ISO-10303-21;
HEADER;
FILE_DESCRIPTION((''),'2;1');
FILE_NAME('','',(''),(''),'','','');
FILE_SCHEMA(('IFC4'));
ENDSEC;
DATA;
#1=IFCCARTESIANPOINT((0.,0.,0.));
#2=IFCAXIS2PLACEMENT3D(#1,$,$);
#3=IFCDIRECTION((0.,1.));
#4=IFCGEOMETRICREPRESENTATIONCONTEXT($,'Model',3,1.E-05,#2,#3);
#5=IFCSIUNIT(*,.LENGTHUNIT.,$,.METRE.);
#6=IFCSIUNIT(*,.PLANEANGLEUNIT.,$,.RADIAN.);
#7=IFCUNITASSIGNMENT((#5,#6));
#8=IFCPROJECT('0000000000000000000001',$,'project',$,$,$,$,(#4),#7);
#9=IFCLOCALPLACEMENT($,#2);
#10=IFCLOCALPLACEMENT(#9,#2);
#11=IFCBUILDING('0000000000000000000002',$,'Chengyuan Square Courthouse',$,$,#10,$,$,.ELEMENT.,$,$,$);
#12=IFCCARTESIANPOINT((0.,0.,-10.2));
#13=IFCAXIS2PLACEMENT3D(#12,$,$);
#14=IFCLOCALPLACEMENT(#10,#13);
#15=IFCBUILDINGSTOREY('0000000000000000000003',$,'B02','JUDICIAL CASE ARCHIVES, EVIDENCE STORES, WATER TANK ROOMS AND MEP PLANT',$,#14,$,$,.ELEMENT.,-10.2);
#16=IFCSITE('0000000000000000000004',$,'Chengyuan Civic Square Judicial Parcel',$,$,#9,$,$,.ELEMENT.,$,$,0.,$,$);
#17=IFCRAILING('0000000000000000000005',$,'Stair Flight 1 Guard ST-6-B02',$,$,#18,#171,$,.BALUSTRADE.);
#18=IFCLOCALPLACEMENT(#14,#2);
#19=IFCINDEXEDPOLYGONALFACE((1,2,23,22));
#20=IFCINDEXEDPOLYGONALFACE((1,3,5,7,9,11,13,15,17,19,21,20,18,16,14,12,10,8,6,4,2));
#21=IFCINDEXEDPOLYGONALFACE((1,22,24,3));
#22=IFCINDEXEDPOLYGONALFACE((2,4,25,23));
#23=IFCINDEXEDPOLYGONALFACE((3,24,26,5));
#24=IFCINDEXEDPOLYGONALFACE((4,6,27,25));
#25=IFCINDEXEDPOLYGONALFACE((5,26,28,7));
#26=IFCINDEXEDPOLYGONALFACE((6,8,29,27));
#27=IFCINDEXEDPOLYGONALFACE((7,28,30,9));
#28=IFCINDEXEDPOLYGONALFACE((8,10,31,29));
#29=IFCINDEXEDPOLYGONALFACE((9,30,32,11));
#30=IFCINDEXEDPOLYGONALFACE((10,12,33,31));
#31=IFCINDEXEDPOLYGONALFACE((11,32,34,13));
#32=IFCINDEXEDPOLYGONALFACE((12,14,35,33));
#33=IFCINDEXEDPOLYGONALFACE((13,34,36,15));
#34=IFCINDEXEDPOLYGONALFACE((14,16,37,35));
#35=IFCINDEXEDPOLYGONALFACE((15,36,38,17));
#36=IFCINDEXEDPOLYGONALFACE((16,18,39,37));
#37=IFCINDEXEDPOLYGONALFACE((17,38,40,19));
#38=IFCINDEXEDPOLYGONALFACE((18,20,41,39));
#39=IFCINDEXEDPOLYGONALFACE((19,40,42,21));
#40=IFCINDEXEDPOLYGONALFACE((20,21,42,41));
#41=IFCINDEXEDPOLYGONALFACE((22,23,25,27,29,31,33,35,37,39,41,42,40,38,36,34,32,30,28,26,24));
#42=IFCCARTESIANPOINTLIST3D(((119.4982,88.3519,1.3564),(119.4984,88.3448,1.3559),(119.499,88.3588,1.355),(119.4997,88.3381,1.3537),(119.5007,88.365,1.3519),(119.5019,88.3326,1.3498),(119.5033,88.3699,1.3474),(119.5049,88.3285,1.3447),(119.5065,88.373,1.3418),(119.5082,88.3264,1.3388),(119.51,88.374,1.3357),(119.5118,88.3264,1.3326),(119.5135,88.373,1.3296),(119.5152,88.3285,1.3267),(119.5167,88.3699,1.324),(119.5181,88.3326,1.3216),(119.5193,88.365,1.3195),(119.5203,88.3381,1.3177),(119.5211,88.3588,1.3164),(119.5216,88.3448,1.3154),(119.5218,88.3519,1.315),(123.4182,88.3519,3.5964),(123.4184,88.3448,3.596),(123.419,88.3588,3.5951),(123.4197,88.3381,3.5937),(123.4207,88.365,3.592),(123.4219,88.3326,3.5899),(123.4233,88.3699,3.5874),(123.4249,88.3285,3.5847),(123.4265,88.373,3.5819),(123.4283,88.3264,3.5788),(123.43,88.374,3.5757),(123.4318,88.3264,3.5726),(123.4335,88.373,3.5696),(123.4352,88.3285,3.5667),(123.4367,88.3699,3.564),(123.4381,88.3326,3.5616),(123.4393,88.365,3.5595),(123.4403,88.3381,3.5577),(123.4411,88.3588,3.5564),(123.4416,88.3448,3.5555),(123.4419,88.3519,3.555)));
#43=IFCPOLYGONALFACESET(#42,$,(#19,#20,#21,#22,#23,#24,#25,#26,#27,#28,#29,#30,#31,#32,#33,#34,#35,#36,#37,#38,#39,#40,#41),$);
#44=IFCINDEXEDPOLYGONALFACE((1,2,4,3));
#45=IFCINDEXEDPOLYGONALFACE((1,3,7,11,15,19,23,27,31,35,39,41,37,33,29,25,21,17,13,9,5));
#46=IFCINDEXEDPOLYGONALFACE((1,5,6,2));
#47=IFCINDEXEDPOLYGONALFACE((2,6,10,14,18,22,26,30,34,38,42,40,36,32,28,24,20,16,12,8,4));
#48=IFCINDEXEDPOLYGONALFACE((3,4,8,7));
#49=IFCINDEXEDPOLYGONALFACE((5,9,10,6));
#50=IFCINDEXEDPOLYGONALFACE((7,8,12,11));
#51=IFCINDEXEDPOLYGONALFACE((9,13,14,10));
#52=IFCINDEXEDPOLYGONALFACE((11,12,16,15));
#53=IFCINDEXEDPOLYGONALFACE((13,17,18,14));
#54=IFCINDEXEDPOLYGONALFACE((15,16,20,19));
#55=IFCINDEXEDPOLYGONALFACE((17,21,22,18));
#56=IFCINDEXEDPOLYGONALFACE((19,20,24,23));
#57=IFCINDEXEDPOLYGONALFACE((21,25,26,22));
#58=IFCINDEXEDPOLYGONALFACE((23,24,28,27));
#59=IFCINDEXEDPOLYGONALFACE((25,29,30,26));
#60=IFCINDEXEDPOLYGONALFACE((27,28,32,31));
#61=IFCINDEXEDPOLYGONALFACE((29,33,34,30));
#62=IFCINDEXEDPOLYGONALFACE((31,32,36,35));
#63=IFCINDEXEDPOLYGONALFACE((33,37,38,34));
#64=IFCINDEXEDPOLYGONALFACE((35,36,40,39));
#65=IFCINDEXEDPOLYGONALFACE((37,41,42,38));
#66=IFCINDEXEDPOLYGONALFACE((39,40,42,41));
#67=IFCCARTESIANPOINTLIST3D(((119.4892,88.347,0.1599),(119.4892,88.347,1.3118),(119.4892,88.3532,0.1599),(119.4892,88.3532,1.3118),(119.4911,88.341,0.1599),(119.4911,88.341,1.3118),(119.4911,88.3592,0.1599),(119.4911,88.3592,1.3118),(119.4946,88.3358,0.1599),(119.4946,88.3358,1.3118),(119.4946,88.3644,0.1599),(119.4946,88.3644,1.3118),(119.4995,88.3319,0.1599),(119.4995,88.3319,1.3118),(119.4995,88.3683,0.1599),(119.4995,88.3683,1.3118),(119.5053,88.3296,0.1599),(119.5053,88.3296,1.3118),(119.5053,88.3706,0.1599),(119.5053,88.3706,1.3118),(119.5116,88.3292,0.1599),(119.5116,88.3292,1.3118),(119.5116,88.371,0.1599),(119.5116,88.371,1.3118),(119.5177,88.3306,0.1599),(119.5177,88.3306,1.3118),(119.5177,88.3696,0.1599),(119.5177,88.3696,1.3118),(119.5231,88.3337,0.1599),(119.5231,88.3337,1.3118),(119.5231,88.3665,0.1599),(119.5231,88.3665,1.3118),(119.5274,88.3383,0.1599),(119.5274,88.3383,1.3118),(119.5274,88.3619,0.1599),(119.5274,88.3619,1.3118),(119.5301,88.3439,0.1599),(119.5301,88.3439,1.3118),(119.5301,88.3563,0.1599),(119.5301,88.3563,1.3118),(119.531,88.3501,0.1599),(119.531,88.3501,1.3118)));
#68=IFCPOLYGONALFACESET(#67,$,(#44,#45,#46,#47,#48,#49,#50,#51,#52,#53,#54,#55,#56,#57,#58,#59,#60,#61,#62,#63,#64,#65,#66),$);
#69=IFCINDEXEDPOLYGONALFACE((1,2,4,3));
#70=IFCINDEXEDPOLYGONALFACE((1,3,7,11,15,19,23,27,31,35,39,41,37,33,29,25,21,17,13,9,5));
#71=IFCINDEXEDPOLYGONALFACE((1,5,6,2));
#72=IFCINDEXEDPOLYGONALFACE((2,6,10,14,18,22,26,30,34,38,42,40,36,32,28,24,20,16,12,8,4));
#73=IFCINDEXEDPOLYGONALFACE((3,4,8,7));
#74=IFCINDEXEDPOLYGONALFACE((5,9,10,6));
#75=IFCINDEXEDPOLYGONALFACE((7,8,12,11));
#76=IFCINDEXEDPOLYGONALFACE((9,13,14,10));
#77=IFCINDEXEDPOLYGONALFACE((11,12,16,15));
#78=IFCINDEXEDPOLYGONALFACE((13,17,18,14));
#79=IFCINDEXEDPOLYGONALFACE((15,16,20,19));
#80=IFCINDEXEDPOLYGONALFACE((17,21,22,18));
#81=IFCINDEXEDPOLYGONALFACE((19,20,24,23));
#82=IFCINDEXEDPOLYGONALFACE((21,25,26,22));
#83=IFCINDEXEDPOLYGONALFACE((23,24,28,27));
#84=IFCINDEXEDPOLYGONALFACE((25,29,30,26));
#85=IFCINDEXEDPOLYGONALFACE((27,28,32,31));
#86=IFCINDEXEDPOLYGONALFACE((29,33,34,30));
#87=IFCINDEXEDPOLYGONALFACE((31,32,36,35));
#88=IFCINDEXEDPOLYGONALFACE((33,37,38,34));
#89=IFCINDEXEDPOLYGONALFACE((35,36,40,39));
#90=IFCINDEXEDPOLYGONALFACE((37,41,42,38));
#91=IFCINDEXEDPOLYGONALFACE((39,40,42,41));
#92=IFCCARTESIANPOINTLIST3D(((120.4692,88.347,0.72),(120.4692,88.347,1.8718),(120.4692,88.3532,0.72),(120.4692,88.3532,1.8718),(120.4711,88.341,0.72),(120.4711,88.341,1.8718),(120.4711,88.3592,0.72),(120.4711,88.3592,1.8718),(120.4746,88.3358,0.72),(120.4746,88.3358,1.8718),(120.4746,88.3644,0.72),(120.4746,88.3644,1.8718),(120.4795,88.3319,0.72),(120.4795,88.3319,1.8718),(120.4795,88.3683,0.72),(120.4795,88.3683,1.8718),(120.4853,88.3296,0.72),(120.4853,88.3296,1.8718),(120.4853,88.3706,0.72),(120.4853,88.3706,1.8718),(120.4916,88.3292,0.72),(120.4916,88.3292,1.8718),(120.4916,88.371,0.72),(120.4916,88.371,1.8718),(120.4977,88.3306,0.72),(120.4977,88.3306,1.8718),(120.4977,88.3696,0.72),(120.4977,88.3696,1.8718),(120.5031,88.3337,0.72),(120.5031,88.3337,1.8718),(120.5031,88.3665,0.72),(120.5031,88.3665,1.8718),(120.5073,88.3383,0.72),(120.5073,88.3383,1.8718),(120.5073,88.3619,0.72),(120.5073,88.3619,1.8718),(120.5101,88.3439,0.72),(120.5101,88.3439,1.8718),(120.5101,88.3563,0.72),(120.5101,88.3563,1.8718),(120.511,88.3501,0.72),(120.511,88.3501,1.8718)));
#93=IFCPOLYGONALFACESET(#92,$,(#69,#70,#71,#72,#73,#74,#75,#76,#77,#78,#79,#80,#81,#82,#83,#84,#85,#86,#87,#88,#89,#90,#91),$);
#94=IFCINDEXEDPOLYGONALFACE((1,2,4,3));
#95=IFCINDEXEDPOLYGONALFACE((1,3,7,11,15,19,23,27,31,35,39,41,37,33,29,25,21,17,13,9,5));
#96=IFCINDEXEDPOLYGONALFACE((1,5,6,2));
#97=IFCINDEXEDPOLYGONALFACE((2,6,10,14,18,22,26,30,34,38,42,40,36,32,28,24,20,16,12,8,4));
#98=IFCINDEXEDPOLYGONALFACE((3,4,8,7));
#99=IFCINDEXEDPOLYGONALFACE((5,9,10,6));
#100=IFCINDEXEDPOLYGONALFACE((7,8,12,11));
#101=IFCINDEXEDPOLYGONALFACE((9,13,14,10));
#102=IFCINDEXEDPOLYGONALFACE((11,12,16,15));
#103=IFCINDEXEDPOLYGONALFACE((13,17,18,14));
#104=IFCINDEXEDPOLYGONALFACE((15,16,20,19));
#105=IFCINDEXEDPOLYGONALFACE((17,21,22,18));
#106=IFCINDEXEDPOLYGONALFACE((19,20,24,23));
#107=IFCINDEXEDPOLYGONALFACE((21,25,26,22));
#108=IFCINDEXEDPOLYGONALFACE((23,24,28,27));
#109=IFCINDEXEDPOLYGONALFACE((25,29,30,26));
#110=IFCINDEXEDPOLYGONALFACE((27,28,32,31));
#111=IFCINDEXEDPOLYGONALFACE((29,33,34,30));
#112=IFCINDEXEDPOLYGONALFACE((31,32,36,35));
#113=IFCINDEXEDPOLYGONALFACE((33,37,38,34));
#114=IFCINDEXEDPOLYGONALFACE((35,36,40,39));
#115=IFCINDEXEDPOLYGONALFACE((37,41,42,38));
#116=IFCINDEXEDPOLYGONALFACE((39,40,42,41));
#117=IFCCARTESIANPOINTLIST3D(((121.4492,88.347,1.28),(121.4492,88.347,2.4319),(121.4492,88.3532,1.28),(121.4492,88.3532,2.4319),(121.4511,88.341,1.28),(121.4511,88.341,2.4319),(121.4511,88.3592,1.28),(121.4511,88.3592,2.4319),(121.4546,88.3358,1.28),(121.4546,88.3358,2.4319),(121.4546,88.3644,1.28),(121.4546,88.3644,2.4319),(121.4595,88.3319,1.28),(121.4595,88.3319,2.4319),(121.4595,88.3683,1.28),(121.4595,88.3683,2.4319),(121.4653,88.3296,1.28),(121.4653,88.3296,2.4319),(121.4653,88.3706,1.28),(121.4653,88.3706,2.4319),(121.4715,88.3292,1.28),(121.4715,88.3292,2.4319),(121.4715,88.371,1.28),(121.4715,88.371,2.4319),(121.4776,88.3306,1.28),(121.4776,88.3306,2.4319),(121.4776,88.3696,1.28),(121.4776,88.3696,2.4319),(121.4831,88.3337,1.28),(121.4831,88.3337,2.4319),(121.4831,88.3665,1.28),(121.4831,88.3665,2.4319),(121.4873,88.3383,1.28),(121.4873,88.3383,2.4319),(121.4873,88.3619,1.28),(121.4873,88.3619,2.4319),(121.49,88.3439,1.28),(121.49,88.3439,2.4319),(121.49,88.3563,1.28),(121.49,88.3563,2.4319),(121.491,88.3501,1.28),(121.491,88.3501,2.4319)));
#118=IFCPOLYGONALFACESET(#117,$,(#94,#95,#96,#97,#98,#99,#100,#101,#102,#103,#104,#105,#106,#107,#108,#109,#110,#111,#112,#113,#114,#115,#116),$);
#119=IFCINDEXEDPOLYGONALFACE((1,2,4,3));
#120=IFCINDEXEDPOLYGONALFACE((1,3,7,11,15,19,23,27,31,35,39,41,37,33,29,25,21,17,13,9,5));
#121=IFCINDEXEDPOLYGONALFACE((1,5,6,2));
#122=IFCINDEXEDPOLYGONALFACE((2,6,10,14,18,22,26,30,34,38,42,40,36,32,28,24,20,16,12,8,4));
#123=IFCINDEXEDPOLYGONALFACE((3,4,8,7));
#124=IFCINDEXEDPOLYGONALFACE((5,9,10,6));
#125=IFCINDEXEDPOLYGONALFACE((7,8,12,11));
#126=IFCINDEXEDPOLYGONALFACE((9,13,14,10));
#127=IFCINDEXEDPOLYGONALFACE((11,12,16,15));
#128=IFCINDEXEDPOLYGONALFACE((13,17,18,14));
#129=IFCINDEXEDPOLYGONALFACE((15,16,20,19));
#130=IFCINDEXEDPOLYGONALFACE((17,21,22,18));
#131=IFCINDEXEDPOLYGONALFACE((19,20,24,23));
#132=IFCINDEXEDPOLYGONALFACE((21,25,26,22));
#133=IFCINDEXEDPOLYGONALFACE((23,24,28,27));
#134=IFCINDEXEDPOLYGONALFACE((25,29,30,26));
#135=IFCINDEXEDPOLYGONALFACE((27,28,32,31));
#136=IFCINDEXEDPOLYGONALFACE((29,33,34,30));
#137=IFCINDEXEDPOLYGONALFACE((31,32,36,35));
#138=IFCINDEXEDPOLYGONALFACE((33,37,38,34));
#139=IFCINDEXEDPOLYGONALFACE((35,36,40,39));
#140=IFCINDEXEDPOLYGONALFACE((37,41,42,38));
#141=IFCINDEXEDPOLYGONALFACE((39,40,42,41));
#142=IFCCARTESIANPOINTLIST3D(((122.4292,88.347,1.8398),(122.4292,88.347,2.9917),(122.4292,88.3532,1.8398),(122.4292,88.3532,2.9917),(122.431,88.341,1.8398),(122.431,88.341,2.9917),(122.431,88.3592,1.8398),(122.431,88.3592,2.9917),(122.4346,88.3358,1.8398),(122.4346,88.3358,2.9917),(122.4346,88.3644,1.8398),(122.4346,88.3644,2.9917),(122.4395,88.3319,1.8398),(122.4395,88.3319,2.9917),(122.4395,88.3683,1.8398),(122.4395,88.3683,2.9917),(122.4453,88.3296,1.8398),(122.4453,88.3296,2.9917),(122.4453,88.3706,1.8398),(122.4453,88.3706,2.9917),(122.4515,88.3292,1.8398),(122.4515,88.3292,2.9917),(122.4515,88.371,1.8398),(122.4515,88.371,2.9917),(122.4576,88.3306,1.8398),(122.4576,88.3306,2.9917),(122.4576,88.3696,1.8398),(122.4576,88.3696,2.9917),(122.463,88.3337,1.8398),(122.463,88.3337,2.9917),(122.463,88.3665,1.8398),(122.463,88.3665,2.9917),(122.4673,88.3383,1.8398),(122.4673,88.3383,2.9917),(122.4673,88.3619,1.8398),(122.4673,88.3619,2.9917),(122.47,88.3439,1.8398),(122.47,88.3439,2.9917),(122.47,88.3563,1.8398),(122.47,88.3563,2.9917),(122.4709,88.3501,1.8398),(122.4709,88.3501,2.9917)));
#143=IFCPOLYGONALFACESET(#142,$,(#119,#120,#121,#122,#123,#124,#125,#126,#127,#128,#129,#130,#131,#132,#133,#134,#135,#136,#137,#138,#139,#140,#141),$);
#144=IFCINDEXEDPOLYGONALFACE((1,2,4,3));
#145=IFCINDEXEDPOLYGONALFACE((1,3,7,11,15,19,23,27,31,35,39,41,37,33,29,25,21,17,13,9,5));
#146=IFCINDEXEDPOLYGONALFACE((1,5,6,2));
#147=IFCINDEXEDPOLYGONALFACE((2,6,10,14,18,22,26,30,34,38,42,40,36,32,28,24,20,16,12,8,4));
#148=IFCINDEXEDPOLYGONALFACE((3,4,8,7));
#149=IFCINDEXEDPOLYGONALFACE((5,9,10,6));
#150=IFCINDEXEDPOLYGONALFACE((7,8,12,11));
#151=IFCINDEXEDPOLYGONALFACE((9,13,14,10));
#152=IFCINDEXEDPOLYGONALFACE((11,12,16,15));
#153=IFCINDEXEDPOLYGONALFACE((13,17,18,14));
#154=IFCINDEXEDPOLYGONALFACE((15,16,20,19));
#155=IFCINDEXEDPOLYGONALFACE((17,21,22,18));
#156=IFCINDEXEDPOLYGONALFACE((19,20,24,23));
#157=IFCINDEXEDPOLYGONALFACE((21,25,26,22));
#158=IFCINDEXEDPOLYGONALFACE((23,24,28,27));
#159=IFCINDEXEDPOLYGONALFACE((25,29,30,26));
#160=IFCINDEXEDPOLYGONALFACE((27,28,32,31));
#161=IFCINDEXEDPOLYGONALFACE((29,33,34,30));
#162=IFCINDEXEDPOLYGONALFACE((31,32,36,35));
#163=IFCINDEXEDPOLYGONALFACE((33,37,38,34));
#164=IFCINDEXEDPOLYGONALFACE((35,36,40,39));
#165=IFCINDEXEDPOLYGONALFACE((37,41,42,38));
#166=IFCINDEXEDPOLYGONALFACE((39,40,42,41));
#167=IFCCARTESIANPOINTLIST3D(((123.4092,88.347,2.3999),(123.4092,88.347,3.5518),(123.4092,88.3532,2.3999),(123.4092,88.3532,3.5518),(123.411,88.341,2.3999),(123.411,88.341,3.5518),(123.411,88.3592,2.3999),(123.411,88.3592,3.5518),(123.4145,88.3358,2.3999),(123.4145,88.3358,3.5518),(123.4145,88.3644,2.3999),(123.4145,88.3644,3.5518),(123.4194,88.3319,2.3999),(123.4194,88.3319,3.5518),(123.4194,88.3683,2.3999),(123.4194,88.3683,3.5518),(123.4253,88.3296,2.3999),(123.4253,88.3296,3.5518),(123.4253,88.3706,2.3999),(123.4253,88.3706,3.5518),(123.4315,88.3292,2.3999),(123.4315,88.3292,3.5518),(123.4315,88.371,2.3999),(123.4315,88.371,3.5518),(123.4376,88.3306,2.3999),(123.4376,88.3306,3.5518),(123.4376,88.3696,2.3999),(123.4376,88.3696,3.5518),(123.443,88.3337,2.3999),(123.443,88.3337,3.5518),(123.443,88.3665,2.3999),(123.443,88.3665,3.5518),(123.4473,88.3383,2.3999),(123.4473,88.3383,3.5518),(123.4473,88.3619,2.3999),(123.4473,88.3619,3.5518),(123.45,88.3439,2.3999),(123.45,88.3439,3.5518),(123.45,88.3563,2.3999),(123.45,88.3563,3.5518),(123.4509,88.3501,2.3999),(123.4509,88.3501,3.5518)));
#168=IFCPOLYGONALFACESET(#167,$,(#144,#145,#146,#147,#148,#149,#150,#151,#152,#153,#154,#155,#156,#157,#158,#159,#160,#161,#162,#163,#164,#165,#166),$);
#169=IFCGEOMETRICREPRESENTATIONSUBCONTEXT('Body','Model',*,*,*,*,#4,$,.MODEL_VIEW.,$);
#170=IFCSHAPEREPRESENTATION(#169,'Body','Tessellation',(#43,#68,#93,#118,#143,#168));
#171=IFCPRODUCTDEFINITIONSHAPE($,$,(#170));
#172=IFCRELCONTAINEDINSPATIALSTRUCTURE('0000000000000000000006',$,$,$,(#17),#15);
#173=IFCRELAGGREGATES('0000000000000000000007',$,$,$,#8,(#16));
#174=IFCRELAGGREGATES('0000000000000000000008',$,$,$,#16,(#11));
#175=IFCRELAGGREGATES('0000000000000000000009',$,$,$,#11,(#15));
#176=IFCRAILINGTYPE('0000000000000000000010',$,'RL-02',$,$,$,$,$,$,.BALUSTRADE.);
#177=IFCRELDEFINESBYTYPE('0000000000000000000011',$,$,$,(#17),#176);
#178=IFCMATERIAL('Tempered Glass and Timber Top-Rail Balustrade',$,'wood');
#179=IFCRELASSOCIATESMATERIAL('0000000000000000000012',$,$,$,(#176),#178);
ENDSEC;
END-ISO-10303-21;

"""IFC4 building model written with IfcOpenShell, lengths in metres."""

from ifc_helpers import new_model, si_unit, direction, frame, origin, origin_2d, place, context, subcontext, project, spatial, circle, extrude, material, type_object, element, save


model = new_model("IFC4")

# Units and contexts
model_context = context("Model", 3, precision=1e-05, world=origin(), true_north=direction((0.0, 1.0)))
body_context = subcontext(model_context, "Body", "Model", "MODEL_VIEW")
ifc_project = project(units=[si_unit("LENGTHUNIT", "METRE"), si_unit("PLANEANGLEUNIT", "RADIAN")], contexts=[model_context])

# Site, building, storey
site_placement = place(None, origin())
site = spatial("IfcSite", under=ifc_project, at=site_placement, Name="Chengyuan Civic Square Judicial Parcel", CompositionType="ELEMENT", RefElevation=0.0)
building_placement = place(site_placement, origin())
building = spatial("IfcBuilding", under=site, at=building_placement, Name="Chengyuan Square Courthouse", CompositionType="ELEMENT")
storey_placement = place(building_placement, frame((0.0, 0.0, -10.2)))
storey = spatial("IfcBuildingStorey", under=building, at=storey_placement, Name="B02", Description="JUDICIAL CASE ARCHIVES, EVIDENCE STORES, WATER TANK ROOMS AND MEP PLANT", CompositionType="ELEMENT", Elevation=-10.2)

# Railing
ifc_material_1 = material(Name="Tempered Glass and Timber Top-Rail Balustrade", Category="wood")
railing_type_1 = type_object("IfcRailingType", Name="RL-02", PredefinedType="BALUSTRADE", material=ifc_material_1)
railing_1_placement = place(storey_placement, frame((119.51, 88.3501, 0.1599)))
element("IfcRailing", 1, at=railing_1_placement, inside=storey, type_object=railing_type_1, Name="Stair Flight 1 Guard ST-6-B02", PredefinedType="BALUSTRADE", context=body_context, shape_type="SweptSolid", body=[
    extrude(circle(Radius=0.0239, at=origin_2d()), frame((0.0, 0.0, 1.1758), z_axis=(0.86824, 0.0, 0.496145), x_axis=(0.0, 1.0, 0.0)), (0.0, 0.0, 1.0), 4.5149),
    extrude(circle(Radius=0.021, at=origin_2d()), origin(), (0.0, 0.0, 1.0), 1.1519),
    extrude(circle(Radius=0.021, at=origin_2d()), frame((0.98, 0.0, 0.5601)), (0.0, 0.0, 1.0), 1.1519),
    extrude(circle(Radius=0.021, at=origin_2d()), frame((1.96, 0.0, 1.1201)), (0.0, 0.0, 1.0), 1.1519),
    extrude(circle(Radius=0.021, at=origin_2d()), frame((2.9399, 0.0, 1.6799)), (0.0, 0.0, 1.0), 1.1519),
    extrude(circle(Radius=0.021, at=origin_2d()), frame((3.9199, 0.0, 2.24)), (0.0, 0.0, 1.0), 1.1519),
])

save(model, "model.ifc")
